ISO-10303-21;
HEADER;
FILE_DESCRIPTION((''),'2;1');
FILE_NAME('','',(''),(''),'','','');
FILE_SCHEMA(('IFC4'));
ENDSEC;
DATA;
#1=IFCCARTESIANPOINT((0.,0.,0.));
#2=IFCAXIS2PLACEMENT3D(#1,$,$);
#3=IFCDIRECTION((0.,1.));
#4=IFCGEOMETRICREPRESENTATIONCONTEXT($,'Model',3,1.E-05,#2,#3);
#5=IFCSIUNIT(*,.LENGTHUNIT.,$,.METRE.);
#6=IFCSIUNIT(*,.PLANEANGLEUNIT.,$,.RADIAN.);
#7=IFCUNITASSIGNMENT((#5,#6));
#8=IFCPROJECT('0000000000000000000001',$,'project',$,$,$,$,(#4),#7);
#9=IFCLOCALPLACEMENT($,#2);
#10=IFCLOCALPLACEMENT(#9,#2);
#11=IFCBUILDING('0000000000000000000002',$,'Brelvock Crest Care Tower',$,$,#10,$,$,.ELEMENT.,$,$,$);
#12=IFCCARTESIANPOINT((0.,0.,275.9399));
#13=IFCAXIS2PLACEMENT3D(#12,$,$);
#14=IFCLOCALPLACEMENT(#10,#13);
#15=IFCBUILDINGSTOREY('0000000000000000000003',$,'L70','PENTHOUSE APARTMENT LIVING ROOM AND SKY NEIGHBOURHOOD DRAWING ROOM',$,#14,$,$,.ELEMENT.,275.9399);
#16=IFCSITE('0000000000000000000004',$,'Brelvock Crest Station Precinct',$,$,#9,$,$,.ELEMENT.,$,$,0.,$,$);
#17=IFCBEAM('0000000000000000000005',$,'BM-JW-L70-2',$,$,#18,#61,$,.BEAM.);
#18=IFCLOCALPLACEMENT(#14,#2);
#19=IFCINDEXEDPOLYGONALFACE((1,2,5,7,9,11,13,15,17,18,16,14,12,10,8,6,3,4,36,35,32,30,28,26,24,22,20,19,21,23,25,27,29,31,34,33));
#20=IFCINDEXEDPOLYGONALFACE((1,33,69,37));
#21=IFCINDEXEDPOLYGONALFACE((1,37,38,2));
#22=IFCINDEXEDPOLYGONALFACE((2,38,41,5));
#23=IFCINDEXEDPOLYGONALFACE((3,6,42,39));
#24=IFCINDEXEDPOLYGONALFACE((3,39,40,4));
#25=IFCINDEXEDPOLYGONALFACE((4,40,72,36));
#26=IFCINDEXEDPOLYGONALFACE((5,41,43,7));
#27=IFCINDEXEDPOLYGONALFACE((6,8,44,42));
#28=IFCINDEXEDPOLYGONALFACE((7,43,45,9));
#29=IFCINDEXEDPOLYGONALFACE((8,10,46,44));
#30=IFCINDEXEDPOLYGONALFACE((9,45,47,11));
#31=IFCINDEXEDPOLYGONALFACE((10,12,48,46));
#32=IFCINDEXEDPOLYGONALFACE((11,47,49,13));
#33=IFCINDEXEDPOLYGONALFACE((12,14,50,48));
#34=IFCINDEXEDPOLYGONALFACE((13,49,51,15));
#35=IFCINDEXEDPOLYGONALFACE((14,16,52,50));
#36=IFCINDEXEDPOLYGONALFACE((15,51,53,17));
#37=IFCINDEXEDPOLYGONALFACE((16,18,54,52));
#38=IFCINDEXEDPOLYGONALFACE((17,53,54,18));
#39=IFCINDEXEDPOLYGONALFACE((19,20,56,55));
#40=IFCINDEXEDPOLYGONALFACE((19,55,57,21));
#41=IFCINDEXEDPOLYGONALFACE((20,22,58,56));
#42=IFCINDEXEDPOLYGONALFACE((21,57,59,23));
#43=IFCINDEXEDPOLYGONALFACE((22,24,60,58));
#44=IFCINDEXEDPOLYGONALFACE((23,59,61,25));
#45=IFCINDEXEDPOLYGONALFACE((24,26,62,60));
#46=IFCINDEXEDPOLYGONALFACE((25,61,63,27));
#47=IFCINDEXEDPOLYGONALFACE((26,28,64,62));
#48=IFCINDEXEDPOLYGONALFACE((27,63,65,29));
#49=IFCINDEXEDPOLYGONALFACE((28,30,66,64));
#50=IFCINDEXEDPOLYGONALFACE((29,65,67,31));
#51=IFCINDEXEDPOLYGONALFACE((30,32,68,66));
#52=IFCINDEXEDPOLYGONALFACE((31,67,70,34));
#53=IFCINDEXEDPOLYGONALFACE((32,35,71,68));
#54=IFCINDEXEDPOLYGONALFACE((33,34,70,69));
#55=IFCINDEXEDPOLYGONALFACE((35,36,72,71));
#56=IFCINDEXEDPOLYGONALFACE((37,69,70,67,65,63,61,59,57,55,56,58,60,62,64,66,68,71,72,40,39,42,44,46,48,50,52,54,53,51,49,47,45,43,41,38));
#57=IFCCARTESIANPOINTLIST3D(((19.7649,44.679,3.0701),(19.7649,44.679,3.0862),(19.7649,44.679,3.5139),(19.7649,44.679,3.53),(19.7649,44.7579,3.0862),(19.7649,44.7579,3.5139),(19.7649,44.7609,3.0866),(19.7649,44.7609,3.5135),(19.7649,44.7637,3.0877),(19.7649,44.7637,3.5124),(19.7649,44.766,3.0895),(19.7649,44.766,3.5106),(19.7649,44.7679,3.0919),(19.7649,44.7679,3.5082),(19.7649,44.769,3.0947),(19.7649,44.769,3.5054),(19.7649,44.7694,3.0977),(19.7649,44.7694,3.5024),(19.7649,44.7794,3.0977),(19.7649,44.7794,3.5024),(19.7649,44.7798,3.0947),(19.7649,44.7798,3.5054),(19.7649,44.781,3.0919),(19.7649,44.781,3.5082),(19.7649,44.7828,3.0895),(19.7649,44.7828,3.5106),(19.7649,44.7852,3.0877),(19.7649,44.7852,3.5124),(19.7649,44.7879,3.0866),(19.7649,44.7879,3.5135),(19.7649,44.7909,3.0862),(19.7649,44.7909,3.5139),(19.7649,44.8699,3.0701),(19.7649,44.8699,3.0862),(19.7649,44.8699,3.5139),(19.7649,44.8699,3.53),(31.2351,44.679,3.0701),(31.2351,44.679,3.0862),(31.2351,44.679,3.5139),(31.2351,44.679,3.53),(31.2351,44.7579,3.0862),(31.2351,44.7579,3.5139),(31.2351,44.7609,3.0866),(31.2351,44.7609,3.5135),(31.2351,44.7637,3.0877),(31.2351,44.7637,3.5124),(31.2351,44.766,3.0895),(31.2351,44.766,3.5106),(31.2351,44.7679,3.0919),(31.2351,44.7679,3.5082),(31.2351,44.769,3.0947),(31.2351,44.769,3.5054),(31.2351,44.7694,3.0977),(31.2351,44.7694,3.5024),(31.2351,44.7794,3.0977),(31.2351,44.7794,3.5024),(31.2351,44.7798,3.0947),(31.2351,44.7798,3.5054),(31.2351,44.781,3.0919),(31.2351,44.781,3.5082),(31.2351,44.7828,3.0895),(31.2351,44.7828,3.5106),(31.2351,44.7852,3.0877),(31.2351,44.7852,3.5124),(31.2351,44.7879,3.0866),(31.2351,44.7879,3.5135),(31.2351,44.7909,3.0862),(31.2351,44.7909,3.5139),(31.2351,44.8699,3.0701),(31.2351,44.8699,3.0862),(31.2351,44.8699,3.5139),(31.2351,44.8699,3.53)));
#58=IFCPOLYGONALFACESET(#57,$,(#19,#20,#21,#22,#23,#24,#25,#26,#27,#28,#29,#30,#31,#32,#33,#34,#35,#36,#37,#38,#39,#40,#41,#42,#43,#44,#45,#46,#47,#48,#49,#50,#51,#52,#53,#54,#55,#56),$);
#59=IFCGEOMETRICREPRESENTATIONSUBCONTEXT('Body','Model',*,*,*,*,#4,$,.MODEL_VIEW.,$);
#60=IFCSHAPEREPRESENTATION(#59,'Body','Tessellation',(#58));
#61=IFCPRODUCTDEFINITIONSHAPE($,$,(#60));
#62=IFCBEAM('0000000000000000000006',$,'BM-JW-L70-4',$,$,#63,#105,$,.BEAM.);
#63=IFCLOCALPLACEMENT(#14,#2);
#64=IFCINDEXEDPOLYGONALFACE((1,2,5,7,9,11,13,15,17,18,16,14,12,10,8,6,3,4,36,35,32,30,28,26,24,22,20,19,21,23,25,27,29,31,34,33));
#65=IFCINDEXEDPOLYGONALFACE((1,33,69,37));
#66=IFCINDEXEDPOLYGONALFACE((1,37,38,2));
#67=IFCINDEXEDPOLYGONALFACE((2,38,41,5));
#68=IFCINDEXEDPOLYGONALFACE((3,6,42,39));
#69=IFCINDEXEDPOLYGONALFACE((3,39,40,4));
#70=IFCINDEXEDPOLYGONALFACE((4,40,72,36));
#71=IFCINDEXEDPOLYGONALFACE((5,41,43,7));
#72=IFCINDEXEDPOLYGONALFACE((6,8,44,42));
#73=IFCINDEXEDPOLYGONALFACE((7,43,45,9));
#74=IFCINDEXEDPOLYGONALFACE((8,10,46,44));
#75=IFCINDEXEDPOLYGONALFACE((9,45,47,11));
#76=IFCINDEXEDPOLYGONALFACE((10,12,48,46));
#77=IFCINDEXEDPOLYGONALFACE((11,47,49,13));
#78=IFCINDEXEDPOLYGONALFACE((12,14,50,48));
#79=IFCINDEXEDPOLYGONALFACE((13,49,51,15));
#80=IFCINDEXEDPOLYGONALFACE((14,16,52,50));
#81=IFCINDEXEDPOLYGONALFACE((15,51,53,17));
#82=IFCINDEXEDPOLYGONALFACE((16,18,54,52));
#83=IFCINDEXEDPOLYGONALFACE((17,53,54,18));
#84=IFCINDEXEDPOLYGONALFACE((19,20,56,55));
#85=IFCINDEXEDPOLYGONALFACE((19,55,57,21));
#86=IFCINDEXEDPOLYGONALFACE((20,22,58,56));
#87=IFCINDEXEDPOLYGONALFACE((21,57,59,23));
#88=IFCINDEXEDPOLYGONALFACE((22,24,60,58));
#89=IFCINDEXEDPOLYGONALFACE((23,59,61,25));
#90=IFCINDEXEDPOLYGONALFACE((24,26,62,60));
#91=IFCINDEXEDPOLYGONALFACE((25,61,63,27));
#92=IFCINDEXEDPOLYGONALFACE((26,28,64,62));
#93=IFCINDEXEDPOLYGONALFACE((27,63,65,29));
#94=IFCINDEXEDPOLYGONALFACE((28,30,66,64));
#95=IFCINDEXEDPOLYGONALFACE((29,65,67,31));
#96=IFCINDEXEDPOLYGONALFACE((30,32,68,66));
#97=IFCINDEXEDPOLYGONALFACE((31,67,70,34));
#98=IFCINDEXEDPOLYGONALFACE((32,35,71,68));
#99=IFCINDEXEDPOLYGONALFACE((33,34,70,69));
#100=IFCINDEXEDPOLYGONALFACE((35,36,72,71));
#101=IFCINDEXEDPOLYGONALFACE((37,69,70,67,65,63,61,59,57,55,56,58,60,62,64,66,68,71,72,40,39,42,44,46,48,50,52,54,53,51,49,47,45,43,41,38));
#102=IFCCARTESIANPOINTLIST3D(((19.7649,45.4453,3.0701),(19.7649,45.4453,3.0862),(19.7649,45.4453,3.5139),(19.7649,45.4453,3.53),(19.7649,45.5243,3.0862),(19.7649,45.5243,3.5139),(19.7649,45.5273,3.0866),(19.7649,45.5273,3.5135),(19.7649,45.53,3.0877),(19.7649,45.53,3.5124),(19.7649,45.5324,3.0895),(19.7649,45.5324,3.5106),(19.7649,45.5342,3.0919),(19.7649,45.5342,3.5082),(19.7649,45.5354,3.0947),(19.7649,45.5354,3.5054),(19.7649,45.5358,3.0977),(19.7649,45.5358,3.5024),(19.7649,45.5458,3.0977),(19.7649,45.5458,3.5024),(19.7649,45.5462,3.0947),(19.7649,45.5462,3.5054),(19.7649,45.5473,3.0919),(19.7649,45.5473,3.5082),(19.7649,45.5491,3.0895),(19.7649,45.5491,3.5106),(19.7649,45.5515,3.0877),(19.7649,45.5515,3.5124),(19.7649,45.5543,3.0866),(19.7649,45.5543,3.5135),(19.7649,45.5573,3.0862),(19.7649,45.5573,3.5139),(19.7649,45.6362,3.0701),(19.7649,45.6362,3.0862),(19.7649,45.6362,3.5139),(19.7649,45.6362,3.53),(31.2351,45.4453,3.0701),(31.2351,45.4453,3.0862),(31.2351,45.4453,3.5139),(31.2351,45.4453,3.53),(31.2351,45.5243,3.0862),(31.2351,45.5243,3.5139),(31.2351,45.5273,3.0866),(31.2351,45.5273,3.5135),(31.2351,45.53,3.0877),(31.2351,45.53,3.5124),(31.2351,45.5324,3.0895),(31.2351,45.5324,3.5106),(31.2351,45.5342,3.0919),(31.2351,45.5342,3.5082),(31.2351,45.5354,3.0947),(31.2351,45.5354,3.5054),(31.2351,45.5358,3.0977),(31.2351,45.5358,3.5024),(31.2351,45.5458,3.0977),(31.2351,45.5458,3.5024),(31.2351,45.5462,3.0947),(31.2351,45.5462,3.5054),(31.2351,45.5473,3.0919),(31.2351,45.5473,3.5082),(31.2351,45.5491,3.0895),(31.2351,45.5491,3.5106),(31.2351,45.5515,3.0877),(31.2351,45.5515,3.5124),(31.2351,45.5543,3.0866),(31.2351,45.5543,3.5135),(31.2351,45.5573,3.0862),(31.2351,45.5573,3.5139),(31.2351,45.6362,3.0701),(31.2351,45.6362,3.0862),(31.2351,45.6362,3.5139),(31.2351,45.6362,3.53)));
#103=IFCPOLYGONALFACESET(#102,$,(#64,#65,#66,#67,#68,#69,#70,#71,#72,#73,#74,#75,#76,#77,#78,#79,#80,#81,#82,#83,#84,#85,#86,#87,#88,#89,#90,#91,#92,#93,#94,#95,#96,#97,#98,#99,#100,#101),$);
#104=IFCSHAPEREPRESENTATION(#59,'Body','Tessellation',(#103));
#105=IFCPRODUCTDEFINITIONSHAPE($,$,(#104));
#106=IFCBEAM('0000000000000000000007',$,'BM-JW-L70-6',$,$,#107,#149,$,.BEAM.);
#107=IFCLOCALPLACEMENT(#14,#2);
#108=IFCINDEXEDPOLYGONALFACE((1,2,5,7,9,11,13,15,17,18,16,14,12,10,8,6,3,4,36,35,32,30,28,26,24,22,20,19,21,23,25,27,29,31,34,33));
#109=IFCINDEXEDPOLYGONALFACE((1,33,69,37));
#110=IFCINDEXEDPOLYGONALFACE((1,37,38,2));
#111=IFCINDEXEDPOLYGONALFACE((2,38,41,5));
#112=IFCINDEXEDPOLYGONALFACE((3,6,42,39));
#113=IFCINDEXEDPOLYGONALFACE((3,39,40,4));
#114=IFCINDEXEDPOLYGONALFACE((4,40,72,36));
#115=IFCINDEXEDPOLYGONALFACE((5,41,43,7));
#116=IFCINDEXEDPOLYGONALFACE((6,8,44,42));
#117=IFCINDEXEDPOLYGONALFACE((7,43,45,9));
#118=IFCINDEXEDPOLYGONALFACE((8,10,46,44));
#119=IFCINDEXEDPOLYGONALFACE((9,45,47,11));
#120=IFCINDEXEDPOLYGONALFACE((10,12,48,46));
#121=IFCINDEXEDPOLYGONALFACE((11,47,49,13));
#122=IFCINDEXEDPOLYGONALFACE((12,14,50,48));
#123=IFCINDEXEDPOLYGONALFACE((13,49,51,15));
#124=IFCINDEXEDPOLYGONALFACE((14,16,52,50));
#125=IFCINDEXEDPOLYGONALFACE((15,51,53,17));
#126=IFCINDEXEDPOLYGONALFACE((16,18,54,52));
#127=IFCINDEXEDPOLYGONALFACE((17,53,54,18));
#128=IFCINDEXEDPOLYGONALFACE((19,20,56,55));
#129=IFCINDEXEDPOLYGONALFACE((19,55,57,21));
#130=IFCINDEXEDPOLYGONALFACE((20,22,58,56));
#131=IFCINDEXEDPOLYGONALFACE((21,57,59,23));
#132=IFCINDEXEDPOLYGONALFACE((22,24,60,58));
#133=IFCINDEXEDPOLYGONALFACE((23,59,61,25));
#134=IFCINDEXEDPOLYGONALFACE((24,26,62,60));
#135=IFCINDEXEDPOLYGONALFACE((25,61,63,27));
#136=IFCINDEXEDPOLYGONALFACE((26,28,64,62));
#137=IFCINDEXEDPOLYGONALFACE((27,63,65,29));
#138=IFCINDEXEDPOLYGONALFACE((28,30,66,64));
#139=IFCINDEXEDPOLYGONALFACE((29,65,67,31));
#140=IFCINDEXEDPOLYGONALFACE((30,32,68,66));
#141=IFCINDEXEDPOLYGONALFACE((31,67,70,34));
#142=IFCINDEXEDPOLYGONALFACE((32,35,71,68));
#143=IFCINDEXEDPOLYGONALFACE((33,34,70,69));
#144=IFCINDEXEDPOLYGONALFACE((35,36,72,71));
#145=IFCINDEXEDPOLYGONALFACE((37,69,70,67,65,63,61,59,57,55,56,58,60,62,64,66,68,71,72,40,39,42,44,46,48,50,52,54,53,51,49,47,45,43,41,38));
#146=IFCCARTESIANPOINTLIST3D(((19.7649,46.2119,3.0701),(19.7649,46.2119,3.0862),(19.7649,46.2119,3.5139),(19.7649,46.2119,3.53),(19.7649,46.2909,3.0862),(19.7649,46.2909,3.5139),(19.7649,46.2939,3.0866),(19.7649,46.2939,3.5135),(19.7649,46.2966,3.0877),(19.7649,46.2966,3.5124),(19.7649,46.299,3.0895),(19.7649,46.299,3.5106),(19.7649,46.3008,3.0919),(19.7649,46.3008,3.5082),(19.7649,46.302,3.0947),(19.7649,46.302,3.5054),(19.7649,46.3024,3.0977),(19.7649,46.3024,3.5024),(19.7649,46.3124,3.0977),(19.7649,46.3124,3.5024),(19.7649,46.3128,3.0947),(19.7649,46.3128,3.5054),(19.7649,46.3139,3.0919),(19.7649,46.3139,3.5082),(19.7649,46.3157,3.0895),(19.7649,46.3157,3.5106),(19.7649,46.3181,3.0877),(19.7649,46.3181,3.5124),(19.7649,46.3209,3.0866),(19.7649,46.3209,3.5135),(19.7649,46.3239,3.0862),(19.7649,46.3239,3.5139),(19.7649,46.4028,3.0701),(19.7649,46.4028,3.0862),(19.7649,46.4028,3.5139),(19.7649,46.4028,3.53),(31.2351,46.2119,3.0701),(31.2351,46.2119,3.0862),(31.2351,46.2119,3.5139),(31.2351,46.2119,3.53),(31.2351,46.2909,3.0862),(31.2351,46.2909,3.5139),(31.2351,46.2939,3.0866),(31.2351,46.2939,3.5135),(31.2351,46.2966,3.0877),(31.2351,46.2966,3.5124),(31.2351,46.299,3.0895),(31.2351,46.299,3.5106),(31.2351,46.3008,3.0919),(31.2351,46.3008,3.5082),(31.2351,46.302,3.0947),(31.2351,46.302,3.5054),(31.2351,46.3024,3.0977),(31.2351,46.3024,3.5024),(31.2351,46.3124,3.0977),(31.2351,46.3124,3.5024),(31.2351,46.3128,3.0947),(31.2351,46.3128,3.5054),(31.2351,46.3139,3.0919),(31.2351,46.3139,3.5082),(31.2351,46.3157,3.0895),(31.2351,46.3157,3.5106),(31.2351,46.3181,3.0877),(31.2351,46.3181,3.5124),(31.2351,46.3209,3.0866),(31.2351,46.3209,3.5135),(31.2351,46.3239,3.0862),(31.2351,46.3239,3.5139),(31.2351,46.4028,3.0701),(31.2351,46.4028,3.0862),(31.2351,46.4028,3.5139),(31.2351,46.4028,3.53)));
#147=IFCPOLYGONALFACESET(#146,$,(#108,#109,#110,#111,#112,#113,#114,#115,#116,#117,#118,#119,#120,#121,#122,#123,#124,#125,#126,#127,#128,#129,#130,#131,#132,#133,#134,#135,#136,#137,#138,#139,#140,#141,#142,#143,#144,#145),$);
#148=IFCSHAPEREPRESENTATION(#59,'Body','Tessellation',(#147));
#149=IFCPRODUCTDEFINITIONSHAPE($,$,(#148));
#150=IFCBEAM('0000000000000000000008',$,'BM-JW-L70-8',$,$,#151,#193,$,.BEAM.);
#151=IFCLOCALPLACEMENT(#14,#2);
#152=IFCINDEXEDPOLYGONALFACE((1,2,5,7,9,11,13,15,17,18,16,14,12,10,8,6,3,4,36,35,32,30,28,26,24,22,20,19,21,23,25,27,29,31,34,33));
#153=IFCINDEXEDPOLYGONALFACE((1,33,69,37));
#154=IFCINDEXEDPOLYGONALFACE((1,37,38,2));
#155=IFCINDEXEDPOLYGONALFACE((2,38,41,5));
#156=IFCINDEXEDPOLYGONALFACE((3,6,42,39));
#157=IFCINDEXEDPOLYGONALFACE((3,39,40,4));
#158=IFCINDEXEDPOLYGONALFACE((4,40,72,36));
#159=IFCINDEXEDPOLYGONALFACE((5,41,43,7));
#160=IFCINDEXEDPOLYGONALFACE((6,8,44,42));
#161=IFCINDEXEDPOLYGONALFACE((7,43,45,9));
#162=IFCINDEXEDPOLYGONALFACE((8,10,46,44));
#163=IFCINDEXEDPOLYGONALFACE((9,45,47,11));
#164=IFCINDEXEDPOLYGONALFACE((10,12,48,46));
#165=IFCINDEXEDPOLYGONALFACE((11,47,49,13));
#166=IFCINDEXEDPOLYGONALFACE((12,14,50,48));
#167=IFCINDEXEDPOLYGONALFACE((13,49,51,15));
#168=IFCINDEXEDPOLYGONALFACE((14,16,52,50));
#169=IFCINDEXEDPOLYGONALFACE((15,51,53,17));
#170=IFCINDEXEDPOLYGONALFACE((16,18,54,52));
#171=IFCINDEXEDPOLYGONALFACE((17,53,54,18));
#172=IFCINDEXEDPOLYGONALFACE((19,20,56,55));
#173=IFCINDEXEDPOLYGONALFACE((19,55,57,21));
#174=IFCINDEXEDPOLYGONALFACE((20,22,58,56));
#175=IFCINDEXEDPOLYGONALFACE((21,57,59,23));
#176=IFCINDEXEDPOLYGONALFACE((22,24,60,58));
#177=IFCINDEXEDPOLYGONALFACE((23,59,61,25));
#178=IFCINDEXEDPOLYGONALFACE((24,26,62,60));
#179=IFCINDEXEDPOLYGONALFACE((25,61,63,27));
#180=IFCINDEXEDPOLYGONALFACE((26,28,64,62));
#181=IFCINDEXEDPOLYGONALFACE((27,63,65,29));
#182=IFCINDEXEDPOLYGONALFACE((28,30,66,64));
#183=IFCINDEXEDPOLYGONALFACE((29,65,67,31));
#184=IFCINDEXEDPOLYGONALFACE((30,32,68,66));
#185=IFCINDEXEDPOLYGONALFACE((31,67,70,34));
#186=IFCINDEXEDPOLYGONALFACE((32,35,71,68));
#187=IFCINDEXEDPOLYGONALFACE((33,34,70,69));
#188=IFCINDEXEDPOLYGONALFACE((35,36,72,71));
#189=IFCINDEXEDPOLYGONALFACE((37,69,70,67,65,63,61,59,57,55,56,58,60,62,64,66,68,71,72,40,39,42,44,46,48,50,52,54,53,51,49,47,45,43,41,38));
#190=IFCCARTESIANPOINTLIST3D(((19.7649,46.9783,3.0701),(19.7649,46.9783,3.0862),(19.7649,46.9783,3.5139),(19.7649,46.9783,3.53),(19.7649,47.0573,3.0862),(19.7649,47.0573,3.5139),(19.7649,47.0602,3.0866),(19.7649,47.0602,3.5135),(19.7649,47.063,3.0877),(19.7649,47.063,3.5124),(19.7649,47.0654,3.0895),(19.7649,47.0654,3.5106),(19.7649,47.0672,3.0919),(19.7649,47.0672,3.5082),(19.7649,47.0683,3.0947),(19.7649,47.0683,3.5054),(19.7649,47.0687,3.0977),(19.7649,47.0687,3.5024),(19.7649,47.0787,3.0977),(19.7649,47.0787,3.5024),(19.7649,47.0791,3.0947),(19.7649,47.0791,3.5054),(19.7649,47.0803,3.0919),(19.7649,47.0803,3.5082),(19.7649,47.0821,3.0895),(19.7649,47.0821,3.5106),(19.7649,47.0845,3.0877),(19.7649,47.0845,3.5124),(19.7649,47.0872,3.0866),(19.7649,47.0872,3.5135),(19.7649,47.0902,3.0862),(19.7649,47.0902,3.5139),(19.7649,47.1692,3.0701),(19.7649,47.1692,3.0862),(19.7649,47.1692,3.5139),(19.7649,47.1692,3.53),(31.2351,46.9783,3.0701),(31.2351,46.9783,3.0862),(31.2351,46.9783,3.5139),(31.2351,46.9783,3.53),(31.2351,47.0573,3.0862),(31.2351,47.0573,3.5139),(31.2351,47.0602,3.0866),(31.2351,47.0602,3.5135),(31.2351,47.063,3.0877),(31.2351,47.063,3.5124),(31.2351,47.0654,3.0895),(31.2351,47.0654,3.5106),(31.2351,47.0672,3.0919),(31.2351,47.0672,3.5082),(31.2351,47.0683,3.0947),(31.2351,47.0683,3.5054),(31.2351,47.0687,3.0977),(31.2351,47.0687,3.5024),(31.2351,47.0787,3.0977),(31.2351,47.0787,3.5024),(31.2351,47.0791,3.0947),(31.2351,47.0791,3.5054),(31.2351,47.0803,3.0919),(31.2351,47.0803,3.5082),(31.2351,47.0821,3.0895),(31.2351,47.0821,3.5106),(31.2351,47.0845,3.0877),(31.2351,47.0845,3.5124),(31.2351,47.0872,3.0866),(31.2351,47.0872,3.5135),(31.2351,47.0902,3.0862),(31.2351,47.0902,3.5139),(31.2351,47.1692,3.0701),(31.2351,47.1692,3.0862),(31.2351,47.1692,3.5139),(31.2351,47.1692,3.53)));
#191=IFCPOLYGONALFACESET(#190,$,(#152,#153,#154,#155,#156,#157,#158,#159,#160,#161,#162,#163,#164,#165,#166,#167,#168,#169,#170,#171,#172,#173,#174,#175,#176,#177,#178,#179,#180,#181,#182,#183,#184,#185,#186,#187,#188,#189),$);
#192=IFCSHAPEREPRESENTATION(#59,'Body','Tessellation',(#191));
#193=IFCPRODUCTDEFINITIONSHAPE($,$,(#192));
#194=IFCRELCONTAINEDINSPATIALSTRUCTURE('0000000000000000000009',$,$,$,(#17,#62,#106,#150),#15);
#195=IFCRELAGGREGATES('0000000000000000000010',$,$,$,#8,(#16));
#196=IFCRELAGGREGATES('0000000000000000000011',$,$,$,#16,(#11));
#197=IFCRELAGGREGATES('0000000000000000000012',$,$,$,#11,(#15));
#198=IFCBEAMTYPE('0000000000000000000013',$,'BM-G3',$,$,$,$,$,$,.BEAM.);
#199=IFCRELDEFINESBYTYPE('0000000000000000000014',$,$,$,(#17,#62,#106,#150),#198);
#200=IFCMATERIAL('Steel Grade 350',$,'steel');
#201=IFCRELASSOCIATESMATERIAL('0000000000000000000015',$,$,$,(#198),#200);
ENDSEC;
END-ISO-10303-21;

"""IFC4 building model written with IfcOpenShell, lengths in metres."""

from ifc_helpers import new_model, si_unit, direction, frame, origin, origin_2d, place, context, subcontext, project, spatial, i_section, extrude, source, transform, mapped, material, material_profile, profile_set, type_object, element, save


model = new_model("IFC4")

# Units and contexts
model_context = context("Model", 3, precision=1e-05, world=origin(), true_north=direction((0.0, 1.0)))
body_context = subcontext(model_context, "Body", "Model", "MODEL_VIEW")
ifc_project = project(units=[si_unit("LENGTHUNIT", "METRE"), si_unit("PLANEANGLEUNIT", "RADIAN")], contexts=[model_context])

# Site, building, storey
site_placement = place(None, origin())
site = spatial("IfcSite", under=ifc_project, at=site_placement, Name="Brelvock Crest Station Precinct", CompositionType="ELEMENT", RefElevation=0.0)
building_placement = place(site_placement, origin())
building = spatial("IfcBuilding", under=site, at=building_placement, Name="Brelvock Crest Care Tower", CompositionType="ELEMENT")
storey_placement = place(building_placement, frame((0.0, 0.0, 275.9399)))
storey = spatial("IfcBuildingStorey", under=building, at=storey_placement, Name="L70", Description="PENTHOUSE APARTMENT LIVING ROOM AND SKY NEIGHBOURHOOD DRAWING ROOM", CompositionType="ELEMENT", Elevation=275.9399)

# Beams
ifc_material_1 = material(Name="Steel Grade 350", Category="steel")
ifc_material_profile_1 = material_profile(ifc_material_1, i_section(OverallWidth=0.1909, OverallDepth=0.46, WebThickness=0.01, FlangeThickness=0.0161, FilletRadius=0.0115, at=origin_2d()), Name="460UB82.1")
ifc_profile_set_1 = profile_set([ifc_material_profile_1], Name="Steel Grade 350")
beam_type_1 = type_object("IfcBeamType", Name="BM-G3", PredefinedType="BEAM", material=ifc_profile_set_1)
shared_shape_1 = source(origin(), body_context, "Body", "SweptSolid", [
    extrude(i_section(OverallWidth=0.1909, OverallDepth=0.46, WebThickness=0.01, FlangeThickness=0.0161, FilletRadius=0.0115, at=origin_2d()), origin(), (0.0, 0.0, 1.0), 11.4702),
])
for number, where, z_axis, x_axis, name in (
    (1, (19.7649, 44.7744, 3.3), (1.0, 0.0, 0.0), (0.0, 1.0, 0.0), "BM-JW-L70-2"),
    (2, (19.7649, 45.5408, 3.3), (1.0, 0.0, 0.0), (0.0, 1.0, 0.0), "BM-JW-L70-4"),
    (3, (19.7649, 46.3074, 3.3), (1.0, 0.0, 0.0), (0.0, 1.0, 0.0), "BM-JW-L70-6"),
    (4, (19.7649, 47.0737, 3.3), (1.0, 0.0, 0.0), (0.0, 1.0, 0.0), "BM-JW-L70-8"),
):
    element("IfcBeam", number, at=place(storey_placement, frame(where, z_axis=z_axis, x_axis=x_axis)), inside=storey, type_object=beam_type_1, Name=name, PredefinedType="BEAM", context=body_context, shape_type="MappedRepresentation", body=[
        mapped(shared_shape_1, transform((0.0, 0.0, 0.0), x_axis=(1.0, 0.0, 0.0), y_axis=(0.0, 1.0, 0.0), z_axis=(0.0, 0.0, 1.0), scale=1.0)),
    ])

save(model, "model.ifc")
